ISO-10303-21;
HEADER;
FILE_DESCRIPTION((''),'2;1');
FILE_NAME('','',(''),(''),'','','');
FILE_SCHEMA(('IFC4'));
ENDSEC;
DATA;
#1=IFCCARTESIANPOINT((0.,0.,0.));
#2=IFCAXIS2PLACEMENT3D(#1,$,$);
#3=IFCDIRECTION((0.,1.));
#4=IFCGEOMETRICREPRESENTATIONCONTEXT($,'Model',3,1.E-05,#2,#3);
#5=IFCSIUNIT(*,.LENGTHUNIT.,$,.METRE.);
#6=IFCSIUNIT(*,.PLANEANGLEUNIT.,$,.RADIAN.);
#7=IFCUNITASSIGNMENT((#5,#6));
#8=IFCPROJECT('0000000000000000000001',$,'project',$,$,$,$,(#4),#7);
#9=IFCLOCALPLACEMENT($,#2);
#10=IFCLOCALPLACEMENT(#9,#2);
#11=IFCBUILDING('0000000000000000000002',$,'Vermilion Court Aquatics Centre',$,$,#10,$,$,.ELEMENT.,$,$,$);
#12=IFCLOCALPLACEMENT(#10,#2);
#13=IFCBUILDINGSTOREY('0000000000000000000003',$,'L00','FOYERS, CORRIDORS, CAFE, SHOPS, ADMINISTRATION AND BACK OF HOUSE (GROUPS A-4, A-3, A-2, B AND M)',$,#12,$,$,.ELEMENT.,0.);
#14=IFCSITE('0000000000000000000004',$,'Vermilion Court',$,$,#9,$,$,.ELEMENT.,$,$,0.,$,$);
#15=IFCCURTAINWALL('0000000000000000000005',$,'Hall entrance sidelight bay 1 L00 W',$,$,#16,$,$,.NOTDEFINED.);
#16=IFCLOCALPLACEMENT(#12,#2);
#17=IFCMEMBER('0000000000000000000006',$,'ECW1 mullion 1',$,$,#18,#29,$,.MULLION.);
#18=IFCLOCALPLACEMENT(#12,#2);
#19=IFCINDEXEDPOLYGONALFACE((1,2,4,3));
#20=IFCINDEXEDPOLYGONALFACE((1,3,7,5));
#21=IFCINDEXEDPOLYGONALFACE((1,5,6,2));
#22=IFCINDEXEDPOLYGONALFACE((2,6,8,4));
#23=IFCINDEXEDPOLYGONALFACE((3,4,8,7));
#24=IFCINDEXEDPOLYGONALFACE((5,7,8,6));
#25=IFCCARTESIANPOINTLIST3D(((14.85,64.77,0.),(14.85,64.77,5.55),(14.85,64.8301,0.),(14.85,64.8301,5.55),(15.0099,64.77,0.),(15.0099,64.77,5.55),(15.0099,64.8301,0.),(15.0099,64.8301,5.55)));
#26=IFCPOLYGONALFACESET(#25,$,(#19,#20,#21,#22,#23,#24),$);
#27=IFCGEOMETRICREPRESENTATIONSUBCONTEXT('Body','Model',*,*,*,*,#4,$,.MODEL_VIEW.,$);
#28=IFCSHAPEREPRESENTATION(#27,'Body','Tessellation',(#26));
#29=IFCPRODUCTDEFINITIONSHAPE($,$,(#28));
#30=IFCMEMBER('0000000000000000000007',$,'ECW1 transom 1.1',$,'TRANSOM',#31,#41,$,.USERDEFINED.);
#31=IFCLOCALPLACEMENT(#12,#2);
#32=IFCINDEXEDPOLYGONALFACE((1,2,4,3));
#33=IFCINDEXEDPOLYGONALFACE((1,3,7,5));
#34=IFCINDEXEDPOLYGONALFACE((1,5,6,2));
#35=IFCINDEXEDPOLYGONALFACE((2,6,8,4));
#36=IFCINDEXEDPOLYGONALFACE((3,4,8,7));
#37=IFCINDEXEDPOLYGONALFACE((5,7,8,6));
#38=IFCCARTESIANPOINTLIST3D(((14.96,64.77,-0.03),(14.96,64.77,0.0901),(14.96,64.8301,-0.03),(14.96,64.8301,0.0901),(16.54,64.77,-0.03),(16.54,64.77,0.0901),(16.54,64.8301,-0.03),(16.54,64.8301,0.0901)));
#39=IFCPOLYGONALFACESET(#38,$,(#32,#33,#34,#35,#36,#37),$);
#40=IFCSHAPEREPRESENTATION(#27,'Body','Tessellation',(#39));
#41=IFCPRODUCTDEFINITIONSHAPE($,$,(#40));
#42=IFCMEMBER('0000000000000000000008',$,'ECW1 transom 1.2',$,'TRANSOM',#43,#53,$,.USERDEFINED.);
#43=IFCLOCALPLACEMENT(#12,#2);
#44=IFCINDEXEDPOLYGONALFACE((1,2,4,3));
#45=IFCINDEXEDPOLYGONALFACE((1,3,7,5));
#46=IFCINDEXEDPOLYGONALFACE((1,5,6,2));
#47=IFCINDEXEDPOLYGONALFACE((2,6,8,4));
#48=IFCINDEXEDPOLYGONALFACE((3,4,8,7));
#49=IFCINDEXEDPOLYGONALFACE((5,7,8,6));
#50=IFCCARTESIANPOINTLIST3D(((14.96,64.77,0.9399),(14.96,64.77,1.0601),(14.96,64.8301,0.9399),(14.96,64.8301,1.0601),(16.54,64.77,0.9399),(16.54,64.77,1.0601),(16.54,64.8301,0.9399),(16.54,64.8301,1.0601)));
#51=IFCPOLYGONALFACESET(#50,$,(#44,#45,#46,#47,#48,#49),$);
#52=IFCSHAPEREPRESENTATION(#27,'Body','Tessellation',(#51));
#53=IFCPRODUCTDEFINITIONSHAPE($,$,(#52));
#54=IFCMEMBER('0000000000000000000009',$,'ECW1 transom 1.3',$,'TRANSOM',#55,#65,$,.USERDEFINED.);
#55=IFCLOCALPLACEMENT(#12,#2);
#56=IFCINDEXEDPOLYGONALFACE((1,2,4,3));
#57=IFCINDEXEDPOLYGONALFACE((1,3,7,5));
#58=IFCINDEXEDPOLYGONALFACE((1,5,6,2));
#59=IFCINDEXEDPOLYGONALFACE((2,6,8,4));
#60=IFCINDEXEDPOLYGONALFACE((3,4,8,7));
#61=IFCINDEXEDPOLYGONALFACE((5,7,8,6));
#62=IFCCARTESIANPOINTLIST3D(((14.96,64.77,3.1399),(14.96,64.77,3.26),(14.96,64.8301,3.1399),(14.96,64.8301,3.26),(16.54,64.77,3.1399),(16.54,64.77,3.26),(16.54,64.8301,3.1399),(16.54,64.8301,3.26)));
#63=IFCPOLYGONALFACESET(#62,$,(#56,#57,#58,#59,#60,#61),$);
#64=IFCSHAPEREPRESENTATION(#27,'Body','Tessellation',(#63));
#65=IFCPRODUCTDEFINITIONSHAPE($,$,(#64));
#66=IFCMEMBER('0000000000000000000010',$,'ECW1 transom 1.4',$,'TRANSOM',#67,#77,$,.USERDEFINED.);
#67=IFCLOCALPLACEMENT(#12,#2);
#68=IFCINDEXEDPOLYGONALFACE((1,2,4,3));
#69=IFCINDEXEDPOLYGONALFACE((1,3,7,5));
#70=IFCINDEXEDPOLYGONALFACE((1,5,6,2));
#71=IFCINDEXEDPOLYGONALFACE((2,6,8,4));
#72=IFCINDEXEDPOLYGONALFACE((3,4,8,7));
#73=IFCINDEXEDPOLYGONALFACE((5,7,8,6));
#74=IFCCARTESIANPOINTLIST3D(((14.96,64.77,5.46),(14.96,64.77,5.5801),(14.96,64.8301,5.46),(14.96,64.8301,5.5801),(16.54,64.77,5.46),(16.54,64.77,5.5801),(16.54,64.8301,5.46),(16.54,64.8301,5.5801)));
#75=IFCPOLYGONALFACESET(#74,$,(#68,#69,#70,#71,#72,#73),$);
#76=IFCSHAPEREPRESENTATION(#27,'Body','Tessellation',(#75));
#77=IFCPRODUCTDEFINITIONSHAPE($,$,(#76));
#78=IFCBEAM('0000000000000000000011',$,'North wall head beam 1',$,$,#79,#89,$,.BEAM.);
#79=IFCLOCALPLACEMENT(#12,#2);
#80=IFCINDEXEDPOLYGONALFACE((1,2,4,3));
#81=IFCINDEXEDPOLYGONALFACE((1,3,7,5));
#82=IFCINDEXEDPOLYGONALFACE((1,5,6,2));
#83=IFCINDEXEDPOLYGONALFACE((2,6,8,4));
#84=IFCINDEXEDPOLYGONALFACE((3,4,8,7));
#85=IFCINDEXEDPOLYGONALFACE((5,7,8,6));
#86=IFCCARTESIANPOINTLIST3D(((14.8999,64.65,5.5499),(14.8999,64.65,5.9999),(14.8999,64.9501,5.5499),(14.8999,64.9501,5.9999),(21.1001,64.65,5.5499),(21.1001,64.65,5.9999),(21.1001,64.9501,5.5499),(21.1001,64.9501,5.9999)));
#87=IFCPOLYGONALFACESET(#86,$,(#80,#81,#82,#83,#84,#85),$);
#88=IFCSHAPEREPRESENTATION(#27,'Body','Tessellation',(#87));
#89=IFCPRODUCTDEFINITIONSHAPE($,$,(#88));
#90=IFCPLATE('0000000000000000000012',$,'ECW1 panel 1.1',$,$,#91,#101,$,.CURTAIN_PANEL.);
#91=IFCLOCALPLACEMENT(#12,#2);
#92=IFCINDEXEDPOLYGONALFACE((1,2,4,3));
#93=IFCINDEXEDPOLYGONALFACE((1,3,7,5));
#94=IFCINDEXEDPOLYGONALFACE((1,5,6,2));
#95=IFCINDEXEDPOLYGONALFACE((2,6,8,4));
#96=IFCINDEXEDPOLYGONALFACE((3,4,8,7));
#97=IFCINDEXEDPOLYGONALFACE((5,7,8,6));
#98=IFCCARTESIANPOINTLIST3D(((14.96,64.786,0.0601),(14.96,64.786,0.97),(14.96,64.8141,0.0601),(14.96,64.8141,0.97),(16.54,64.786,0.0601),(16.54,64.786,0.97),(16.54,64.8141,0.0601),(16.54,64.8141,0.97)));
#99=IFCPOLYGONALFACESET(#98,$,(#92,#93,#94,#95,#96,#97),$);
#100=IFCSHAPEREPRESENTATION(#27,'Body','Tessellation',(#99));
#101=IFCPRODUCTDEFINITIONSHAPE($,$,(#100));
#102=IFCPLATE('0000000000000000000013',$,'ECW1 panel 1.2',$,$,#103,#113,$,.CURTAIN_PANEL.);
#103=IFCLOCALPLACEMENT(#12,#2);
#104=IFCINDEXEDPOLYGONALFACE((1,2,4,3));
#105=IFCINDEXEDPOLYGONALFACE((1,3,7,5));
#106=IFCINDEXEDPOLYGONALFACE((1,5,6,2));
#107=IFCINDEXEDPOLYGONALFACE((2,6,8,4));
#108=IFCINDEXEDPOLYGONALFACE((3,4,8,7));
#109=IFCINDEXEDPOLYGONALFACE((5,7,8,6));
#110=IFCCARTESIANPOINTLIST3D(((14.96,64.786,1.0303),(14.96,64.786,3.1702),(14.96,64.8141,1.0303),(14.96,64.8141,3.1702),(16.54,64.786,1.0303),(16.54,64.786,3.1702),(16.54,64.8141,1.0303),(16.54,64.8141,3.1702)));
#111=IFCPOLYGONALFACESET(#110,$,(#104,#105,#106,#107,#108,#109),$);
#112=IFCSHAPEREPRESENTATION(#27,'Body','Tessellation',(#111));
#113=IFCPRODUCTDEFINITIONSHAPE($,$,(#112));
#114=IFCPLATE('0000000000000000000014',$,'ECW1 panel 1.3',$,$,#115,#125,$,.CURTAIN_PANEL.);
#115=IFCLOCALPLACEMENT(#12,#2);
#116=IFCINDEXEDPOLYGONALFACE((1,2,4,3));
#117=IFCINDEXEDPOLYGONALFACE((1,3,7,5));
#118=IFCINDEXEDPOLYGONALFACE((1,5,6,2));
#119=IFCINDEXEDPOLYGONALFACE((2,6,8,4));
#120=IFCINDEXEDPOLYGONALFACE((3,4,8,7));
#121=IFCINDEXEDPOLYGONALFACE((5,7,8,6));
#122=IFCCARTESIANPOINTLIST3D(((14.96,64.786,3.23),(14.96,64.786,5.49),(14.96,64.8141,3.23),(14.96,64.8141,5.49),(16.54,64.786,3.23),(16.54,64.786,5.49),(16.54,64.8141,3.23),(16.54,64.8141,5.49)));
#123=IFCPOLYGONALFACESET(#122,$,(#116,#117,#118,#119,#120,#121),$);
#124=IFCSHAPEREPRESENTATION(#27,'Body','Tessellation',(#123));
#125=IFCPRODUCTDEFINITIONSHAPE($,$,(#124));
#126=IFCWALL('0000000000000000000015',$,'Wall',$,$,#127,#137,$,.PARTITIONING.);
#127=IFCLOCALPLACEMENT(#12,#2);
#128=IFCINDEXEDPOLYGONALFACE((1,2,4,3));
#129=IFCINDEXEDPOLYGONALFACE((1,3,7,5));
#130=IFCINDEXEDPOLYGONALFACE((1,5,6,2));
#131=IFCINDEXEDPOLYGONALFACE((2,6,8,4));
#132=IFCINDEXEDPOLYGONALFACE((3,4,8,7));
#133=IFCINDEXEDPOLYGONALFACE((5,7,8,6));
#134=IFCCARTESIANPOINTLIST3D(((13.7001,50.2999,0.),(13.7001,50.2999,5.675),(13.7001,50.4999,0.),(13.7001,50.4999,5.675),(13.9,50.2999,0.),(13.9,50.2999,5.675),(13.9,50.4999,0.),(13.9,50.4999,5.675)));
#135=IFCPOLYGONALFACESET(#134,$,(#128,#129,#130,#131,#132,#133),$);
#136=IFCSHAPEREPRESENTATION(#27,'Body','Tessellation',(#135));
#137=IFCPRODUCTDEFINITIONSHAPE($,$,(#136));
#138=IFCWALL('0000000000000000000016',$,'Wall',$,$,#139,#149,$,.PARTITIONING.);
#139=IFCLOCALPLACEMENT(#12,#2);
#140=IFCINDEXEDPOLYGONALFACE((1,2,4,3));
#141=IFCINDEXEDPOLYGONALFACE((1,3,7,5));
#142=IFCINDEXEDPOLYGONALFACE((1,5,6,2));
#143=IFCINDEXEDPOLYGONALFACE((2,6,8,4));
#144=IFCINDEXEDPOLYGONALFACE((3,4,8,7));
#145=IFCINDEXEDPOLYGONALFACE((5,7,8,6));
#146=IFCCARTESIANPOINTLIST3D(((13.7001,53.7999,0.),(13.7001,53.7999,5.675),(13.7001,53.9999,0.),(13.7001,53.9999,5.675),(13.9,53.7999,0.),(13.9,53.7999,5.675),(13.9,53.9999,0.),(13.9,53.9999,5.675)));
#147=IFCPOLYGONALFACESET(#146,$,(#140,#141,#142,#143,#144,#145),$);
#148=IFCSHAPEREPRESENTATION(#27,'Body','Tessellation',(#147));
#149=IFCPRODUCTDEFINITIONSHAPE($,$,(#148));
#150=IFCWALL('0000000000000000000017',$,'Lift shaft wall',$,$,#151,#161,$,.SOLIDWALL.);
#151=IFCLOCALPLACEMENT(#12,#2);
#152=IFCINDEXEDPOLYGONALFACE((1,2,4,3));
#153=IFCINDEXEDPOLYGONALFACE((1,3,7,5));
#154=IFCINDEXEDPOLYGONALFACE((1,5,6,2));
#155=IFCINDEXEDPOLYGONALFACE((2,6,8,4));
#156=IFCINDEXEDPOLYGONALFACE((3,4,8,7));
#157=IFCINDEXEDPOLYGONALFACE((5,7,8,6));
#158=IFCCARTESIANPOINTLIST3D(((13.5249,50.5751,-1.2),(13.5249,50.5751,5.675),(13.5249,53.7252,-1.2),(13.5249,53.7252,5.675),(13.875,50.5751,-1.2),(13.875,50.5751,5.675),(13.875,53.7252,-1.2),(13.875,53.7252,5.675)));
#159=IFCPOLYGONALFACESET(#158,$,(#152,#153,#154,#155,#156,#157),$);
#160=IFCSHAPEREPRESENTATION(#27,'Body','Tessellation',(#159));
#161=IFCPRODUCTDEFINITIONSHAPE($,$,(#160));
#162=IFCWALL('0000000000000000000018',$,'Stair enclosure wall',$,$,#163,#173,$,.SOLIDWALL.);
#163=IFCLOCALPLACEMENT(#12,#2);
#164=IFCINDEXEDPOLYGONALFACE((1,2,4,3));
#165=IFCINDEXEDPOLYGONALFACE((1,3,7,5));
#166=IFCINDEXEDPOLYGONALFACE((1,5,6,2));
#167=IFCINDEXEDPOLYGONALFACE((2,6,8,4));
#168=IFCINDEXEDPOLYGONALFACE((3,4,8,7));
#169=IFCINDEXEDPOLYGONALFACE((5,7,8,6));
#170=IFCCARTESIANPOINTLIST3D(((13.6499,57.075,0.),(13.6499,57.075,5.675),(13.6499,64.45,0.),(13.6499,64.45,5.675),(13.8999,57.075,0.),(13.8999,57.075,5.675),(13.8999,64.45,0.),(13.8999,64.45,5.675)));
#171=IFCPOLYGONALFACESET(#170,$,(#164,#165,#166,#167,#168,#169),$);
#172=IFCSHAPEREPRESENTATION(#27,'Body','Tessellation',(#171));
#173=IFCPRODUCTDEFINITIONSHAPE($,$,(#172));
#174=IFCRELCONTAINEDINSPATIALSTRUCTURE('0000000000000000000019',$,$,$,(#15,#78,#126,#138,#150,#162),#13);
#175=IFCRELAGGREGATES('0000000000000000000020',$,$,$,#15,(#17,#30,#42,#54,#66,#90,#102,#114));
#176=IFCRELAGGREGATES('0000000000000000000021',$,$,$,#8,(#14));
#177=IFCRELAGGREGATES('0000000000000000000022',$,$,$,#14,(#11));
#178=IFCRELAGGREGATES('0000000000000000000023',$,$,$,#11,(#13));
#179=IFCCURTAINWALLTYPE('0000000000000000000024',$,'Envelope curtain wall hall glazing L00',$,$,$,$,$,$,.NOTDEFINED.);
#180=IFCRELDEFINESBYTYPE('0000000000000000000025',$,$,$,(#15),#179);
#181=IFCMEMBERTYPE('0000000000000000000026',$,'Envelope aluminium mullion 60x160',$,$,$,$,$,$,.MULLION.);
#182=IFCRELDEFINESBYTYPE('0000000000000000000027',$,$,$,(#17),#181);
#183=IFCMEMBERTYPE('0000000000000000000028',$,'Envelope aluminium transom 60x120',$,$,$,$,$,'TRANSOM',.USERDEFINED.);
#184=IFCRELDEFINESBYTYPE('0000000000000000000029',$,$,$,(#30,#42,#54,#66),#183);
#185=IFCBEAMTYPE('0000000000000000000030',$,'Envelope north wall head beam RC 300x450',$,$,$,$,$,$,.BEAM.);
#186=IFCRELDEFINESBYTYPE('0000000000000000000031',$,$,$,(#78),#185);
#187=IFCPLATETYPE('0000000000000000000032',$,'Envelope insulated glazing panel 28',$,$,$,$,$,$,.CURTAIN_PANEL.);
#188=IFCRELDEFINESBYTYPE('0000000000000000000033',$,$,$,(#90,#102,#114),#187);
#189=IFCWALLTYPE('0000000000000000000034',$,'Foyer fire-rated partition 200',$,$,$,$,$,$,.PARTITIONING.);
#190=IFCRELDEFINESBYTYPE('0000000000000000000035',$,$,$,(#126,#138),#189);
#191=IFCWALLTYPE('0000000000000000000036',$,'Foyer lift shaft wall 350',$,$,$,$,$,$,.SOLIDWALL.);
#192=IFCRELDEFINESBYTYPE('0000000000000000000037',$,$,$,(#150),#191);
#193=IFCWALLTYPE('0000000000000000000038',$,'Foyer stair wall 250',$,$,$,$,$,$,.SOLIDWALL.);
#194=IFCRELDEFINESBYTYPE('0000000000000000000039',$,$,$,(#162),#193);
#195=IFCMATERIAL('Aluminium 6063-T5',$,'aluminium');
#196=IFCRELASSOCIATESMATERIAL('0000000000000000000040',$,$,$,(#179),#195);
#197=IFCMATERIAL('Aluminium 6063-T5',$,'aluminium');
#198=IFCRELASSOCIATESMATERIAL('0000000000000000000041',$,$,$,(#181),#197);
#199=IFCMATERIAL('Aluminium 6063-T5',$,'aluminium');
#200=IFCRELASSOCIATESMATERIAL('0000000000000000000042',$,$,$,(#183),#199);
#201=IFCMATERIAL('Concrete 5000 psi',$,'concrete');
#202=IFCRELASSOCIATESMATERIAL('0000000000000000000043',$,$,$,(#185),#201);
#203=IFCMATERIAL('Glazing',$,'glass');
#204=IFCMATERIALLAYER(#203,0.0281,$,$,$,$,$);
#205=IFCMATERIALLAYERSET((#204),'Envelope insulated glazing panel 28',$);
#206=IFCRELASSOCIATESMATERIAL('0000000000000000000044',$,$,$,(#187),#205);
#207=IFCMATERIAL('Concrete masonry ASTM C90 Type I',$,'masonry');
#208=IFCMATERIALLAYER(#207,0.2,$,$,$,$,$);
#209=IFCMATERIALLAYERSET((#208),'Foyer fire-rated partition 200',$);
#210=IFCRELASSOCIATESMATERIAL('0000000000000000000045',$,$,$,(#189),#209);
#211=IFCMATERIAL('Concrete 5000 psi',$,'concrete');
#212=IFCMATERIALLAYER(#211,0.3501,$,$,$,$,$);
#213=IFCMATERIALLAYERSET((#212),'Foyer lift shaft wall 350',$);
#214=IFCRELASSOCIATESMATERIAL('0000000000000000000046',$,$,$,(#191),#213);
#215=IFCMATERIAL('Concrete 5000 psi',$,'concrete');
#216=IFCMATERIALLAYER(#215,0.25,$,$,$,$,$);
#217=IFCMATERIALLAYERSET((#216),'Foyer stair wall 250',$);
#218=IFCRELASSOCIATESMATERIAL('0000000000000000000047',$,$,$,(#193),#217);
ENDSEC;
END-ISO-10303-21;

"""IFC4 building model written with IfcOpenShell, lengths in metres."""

from ifc_helpers import new_model, si_unit, direction, frame, frame_2d, origin, origin_2d, place, context, subcontext, project, spatial, rectangle, extrude, material, layer, layer_set, material_profile, profile_set, type_object, element, aggregate, save


model = new_model("IFC4")

# Units and contexts
model_context = context("Model", 3, precision=1e-05, world=origin(), true_north=direction((0.0, 1.0)))
body_context = subcontext(model_context, "Body", "Model", "MODEL_VIEW")
ifc_project = project(units=[si_unit("LENGTHUNIT", "METRE"), si_unit("PLANEANGLEUNIT", "RADIAN")], contexts=[model_context])

# Site, building, storey
site_placement = place(None, origin())
site = spatial("IfcSite", under=ifc_project, at=site_placement, Name="Vermilion Court", CompositionType="ELEMENT", RefElevation=0.0)
building_placement = place(site_placement, origin())
building = spatial("IfcBuilding", under=site, at=building_placement, Name="Vermilion Court Aquatics Centre", CompositionType="ELEMENT")
storey_placement = place(building_placement, origin())
storey = spatial("IfcBuildingStorey", under=building, at=storey_placement, Name="L00", Description="FOYERS, CORRIDORS, CAFE, SHOPS, ADMINISTRATION AND BACK OF HOUSE (GROUPS A-4, A-3, A-2, B AND M)", CompositionType="ELEMENT", Elevation=0.0)

# Curtain wall, members
ifc_material_1 = material(Name="Aluminium 6063-T5", Category="aluminium")
curtain_wall_type = type_object("IfcCurtainWallType", Name="Envelope curtain wall hall glazing L00", PredefinedType="NOTDEFINED", material=ifc_material_1)
curtain_wall_placement = place(storey_placement, origin())
curtain_wall = element("IfcCurtainWall", 1, at=curtain_wall_placement, inside=storey, type_object=curtain_wall_type, Name="Hall entrance sidelight bay 1 L00 W", PredefinedType="NOTDEFINED")
ifc_material_2 = material(Name="Aluminium 6063-T5", Category="aluminium")
ifc_material_profile_1 = material_profile(ifc_material_2, rectangle(XDim=0.0601, YDim=0.1599, at=origin_2d()), Name="AL 60x160")
ifc_profile_set_1 = profile_set([ifc_material_profile_1], Name="Aluminium 6063-T5")
member_type_1 = type_object("IfcMemberType", Name="Envelope aluminium mullion 60x160", PredefinedType="MULLION", material=ifc_profile_set_1)
member_1_placement = place(storey_placement, frame((14.9299, 64.8, 0.0), z_axis=(0.0, 0.0, 1.0), x_axis=(0.0, 1.0, 0.0)))
member_1 = element("IfcMember", 2, at=member_1_placement, type_object=member_type_1, Name="ECW1 mullion 1", PredefinedType="MULLION", context=body_context, shape_type="SweptSolid", body=[
    extrude(rectangle(XDim=0.0601, YDim=0.1599, at=origin_2d()), origin(), (0.0, 0.0, 1.0), 5.55),
])
ifc_material_3 = material(Name="Aluminium 6063-T5", Category="aluminium")
ifc_material_profile_2 = material_profile(ifc_material_3, rectangle(XDim=0.0601, YDim=0.1201, at=origin_2d()), Name="AL 60x120")
ifc_profile_set_2 = profile_set([ifc_material_profile_2], Name="Aluminium 6063-T5")
member_type_2 = type_object("IfcMemberType", Name="Envelope aluminium transom 60x120", ElementType="TRANSOM", PredefinedType="USERDEFINED", material=ifc_profile_set_2)
member_2_placement = place(storey_placement, frame((14.96, 64.8, 0.03), z_axis=(1.0, 0.0, 0.0), x_axis=(0.0, 1.0, 0.0)))
member_2 = element("IfcMember", 3, at=member_2_placement, type_object=member_type_2, Name="ECW1 transom 1.1", ObjectType="TRANSOM", PredefinedType="USERDEFINED", context=body_context, shape_type="SweptSolid", body=[
    extrude(rectangle(XDim=0.0601, YDim=0.1201, at=origin_2d()), origin(), (0.0, 0.0, 1.0), 1.5801),
])
member_3_placement = place(storey_placement, frame((14.96, 64.8, 1.0), z_axis=(1.0, 0.0, 0.0), x_axis=(0.0, 1.0, 0.0)))
member_3 = element("IfcMember", 4, at=member_3_placement, type_object=member_type_2, Name="ECW1 transom 1.2", ObjectType="TRANSOM", PredefinedType="USERDEFINED", context=body_context, shape_type="SweptSolid", body=[
    extrude(rectangle(XDim=0.0601, YDim=0.1201, at=origin_2d()), origin(), (0.0, 0.0, 1.0), 1.5801),
])
member_4_placement = place(storey_placement, frame((14.96, 64.8, 3.2), z_axis=(1.0, 0.0, 0.0), x_axis=(0.0, 1.0, 0.0)))
member_4 = element("IfcMember", 5, at=member_4_placement, type_object=member_type_2, Name="ECW1 transom 1.3", ObjectType="TRANSOM", PredefinedType="USERDEFINED", context=body_context, shape_type="SweptSolid", body=[
    extrude(rectangle(XDim=0.0601, YDim=0.1201, at=origin_2d()), origin(), (0.0, 0.0, 1.0), 1.5801),
])
member_5_placement = place(storey_placement, frame((14.96, 64.8, 5.52), z_axis=(1.0, 0.0, 0.0), x_axis=(0.0, 1.0, 0.0)))
member_5 = element("IfcMember", 6, at=member_5_placement, type_object=member_type_2, Name="ECW1 transom 1.4", ObjectType="TRANSOM", PredefinedType="USERDEFINED", context=body_context, shape_type="SweptSolid", body=[
    extrude(rectangle(XDim=0.0601, YDim=0.1201, at=origin_2d()), origin(), (0.0, 0.0, 1.0), 1.5801),
])

# Beam
ifc_material_4 = material(Name="Concrete 5000 psi", Category="concrete")
ifc_material_profile_3 = material_profile(ifc_material_4, rectangle(XDim=0.3, YDim=0.45, at=origin_2d()), Name="RC 300x450")
ifc_profile_set_3 = profile_set([ifc_material_profile_3], Name="Concrete 5000 psi")
beam_type = type_object("IfcBeamType", Name="Envelope north wall head beam RC 300x450", PredefinedType="BEAM", material=ifc_profile_set_3)
beam_placement = place(storey_placement, frame((14.8999, 64.8, 5.7749), z_axis=(1.0, 0.0, 0.0), x_axis=(0.0, 1.0, 0.0)))
element("IfcBeam", 7, at=beam_placement, inside=storey, type_object=beam_type, Name="North wall head beam 1", PredefinedType="BEAM", context=body_context, shape_type="SweptSolid", body=[
    extrude(rectangle(XDim=0.3, YDim=0.45, at=origin_2d()), origin(), (0.0, 0.0, 1.0), 6.2002),
])

# Plates
ifc_material_5 = material(Name="Glazing", Category="glass")
ifc_layer_1 = layer(ifc_material_5, 0.0281)
ifc_layer_set_1 = layer_set([ifc_layer_1], Name="Envelope insulated glazing panel 28")
plate_type = type_object("IfcPlateType", Name="Envelope insulated glazing panel 28", PredefinedType="CURTAIN_PANEL", material=ifc_layer_set_1)
plate_1_placement = place(storey_placement, frame((15.75, 64.8, 0.0601), z_axis=(0.0, 0.0, 1.0), x_axis=(1.0, 0.0, 0.0)))
plate_1 = element("IfcPlate", 8, at=plate_1_placement, type_object=plate_type, Name="ECW1 panel 1.1", PredefinedType="CURTAIN_PANEL", context=body_context, shape_type="SweptSolid", body=[
    extrude(rectangle(XDim=1.5801, YDim=0.0281, at=origin_2d()), origin(), (0.0, 0.0, 1.0), 0.9099),
])
plate_2_placement = place(storey_placement, frame((15.75, 64.8, 1.0303), z_axis=(0.0, 0.0, 1.0), x_axis=(1.0, 0.0, 0.0)))
plate_2 = element("IfcPlate", 9, at=plate_2_placement, type_object=plate_type, Name="ECW1 panel 1.2", PredefinedType="CURTAIN_PANEL", context=body_context, shape_type="SweptSolid", body=[
    extrude(rectangle(XDim=1.5801, YDim=0.0281, at=origin_2d()), origin(), (0.0, 0.0, 1.0), 2.1399),
])
plate_3_placement = place(storey_placement, frame((15.75, 64.8, 3.23), z_axis=(0.0, 0.0, 1.0), x_axis=(1.0, 0.0, 0.0)))
plate_3 = element("IfcPlate", 10, at=plate_3_placement, type_object=plate_type, Name="ECW1 panel 1.3", PredefinedType="CURTAIN_PANEL", context=body_context, shape_type="SweptSolid", body=[
    extrude(rectangle(XDim=1.5801, YDim=0.0281, at=origin_2d()), origin(), (0.0, 0.0, 1.0), 2.26),
])
aggregate(curtain_wall, [member_1, member_2, member_3, member_4, member_5, plate_1, plate_2, plate_3])

# Walls
ifc_material_6 = material(Name="Concrete masonry ASTM C90 Type I", Category="masonry")
ifc_layer_2 = layer(ifc_material_6, 0.2)
ifc_layer_set_2 = layer_set([ifc_layer_2], Name="Foyer fire-rated partition 200")
wall_type_1 = type_object("IfcWallType", Name="Foyer fire-rated partition 200", PredefinedType="PARTITIONING", material=ifc_layer_set_2)
for number, where, z_axis, x_axis, name in (
    (11, (13.7, 50.3999, 0.0), (0.0, 0.0, 1.0), (1.0, 0.0, 0.0), "Wall"),
    (12, (13.7, 53.8999, 0.0), (0.0, 0.0, 1.0), (1.0, 0.0, 0.0), "Wall"),
):
    element("IfcWall", number, at=place(storey_placement, frame(where, z_axis=z_axis, x_axis=x_axis)), inside=storey, type_object=wall_type_1, Name=name, PredefinedType="PARTITIONING", context=body_context, shape_type="SweptSolid", body=[
        extrude(rectangle(XDim=0.2, YDim=0.2, at=frame_2d((0.1001, 0.0))), origin(), (0.0, 0.0, 1.0), 5.675),
    ])
ifc_material_7 = material(Name="Concrete 5000 psi", Category="concrete")
ifc_layer_3 = layer(ifc_material_7, 0.3501)
ifc_layer_set_3 = layer_set([ifc_layer_3], Name="Foyer lift shaft wall 350")
wall_type_2 = type_object("IfcWallType", Name="Foyer lift shaft wall 350", PredefinedType="SOLIDWALL", material=ifc_layer_set_3)
wall_1_placement = place(storey_placement, frame((13.7, 50.575, -1.2), z_axis=(0.0, 0.0, 1.0), x_axis=(0.0, 1.0, 0.0)))
element("IfcWall", 13, at=wall_1_placement, inside=storey, type_object=wall_type_2, Name="Lift shaft wall", PredefinedType="SOLIDWALL", context=body_context, shape_type="SweptSolid", body=[
    extrude(rectangle(XDim=3.1501, YDim=0.3501, at=frame_2d((1.5752, 0.0))), origin(), (0.0, 0.0, 1.0), 6.875),
])
ifc_material_8 = material(Name="Concrete 5000 psi", Category="concrete")
ifc_layer_4 = layer(ifc_material_8, 0.25)
ifc_layer_set_4 = layer_set([ifc_layer_4], Name="Foyer stair wall 250")
wall_type_3 = type_object("IfcWallType", Name="Foyer stair wall 250", PredefinedType="SOLIDWALL", material=ifc_layer_set_4)
wall_2_placement = place(storey_placement, frame((13.7749, 57.075, 0.0), z_axis=(0.0, 0.0, 1.0), x_axis=(0.0, 1.0, 0.0)))
element("IfcWall", 14, at=wall_2_placement, inside=storey, type_object=wall_type_3, Name="Stair enclosure wall", PredefinedType="SOLIDWALL", context=body_context, shape_type="SweptSolid", body=[
    extrude(rectangle(XDim=7.375, YDim=0.25, at=frame_2d((3.6875, 0.0))), origin(), (0.0, 0.0, 1.0), 5.675),
])

save(model, "model.ifc")
